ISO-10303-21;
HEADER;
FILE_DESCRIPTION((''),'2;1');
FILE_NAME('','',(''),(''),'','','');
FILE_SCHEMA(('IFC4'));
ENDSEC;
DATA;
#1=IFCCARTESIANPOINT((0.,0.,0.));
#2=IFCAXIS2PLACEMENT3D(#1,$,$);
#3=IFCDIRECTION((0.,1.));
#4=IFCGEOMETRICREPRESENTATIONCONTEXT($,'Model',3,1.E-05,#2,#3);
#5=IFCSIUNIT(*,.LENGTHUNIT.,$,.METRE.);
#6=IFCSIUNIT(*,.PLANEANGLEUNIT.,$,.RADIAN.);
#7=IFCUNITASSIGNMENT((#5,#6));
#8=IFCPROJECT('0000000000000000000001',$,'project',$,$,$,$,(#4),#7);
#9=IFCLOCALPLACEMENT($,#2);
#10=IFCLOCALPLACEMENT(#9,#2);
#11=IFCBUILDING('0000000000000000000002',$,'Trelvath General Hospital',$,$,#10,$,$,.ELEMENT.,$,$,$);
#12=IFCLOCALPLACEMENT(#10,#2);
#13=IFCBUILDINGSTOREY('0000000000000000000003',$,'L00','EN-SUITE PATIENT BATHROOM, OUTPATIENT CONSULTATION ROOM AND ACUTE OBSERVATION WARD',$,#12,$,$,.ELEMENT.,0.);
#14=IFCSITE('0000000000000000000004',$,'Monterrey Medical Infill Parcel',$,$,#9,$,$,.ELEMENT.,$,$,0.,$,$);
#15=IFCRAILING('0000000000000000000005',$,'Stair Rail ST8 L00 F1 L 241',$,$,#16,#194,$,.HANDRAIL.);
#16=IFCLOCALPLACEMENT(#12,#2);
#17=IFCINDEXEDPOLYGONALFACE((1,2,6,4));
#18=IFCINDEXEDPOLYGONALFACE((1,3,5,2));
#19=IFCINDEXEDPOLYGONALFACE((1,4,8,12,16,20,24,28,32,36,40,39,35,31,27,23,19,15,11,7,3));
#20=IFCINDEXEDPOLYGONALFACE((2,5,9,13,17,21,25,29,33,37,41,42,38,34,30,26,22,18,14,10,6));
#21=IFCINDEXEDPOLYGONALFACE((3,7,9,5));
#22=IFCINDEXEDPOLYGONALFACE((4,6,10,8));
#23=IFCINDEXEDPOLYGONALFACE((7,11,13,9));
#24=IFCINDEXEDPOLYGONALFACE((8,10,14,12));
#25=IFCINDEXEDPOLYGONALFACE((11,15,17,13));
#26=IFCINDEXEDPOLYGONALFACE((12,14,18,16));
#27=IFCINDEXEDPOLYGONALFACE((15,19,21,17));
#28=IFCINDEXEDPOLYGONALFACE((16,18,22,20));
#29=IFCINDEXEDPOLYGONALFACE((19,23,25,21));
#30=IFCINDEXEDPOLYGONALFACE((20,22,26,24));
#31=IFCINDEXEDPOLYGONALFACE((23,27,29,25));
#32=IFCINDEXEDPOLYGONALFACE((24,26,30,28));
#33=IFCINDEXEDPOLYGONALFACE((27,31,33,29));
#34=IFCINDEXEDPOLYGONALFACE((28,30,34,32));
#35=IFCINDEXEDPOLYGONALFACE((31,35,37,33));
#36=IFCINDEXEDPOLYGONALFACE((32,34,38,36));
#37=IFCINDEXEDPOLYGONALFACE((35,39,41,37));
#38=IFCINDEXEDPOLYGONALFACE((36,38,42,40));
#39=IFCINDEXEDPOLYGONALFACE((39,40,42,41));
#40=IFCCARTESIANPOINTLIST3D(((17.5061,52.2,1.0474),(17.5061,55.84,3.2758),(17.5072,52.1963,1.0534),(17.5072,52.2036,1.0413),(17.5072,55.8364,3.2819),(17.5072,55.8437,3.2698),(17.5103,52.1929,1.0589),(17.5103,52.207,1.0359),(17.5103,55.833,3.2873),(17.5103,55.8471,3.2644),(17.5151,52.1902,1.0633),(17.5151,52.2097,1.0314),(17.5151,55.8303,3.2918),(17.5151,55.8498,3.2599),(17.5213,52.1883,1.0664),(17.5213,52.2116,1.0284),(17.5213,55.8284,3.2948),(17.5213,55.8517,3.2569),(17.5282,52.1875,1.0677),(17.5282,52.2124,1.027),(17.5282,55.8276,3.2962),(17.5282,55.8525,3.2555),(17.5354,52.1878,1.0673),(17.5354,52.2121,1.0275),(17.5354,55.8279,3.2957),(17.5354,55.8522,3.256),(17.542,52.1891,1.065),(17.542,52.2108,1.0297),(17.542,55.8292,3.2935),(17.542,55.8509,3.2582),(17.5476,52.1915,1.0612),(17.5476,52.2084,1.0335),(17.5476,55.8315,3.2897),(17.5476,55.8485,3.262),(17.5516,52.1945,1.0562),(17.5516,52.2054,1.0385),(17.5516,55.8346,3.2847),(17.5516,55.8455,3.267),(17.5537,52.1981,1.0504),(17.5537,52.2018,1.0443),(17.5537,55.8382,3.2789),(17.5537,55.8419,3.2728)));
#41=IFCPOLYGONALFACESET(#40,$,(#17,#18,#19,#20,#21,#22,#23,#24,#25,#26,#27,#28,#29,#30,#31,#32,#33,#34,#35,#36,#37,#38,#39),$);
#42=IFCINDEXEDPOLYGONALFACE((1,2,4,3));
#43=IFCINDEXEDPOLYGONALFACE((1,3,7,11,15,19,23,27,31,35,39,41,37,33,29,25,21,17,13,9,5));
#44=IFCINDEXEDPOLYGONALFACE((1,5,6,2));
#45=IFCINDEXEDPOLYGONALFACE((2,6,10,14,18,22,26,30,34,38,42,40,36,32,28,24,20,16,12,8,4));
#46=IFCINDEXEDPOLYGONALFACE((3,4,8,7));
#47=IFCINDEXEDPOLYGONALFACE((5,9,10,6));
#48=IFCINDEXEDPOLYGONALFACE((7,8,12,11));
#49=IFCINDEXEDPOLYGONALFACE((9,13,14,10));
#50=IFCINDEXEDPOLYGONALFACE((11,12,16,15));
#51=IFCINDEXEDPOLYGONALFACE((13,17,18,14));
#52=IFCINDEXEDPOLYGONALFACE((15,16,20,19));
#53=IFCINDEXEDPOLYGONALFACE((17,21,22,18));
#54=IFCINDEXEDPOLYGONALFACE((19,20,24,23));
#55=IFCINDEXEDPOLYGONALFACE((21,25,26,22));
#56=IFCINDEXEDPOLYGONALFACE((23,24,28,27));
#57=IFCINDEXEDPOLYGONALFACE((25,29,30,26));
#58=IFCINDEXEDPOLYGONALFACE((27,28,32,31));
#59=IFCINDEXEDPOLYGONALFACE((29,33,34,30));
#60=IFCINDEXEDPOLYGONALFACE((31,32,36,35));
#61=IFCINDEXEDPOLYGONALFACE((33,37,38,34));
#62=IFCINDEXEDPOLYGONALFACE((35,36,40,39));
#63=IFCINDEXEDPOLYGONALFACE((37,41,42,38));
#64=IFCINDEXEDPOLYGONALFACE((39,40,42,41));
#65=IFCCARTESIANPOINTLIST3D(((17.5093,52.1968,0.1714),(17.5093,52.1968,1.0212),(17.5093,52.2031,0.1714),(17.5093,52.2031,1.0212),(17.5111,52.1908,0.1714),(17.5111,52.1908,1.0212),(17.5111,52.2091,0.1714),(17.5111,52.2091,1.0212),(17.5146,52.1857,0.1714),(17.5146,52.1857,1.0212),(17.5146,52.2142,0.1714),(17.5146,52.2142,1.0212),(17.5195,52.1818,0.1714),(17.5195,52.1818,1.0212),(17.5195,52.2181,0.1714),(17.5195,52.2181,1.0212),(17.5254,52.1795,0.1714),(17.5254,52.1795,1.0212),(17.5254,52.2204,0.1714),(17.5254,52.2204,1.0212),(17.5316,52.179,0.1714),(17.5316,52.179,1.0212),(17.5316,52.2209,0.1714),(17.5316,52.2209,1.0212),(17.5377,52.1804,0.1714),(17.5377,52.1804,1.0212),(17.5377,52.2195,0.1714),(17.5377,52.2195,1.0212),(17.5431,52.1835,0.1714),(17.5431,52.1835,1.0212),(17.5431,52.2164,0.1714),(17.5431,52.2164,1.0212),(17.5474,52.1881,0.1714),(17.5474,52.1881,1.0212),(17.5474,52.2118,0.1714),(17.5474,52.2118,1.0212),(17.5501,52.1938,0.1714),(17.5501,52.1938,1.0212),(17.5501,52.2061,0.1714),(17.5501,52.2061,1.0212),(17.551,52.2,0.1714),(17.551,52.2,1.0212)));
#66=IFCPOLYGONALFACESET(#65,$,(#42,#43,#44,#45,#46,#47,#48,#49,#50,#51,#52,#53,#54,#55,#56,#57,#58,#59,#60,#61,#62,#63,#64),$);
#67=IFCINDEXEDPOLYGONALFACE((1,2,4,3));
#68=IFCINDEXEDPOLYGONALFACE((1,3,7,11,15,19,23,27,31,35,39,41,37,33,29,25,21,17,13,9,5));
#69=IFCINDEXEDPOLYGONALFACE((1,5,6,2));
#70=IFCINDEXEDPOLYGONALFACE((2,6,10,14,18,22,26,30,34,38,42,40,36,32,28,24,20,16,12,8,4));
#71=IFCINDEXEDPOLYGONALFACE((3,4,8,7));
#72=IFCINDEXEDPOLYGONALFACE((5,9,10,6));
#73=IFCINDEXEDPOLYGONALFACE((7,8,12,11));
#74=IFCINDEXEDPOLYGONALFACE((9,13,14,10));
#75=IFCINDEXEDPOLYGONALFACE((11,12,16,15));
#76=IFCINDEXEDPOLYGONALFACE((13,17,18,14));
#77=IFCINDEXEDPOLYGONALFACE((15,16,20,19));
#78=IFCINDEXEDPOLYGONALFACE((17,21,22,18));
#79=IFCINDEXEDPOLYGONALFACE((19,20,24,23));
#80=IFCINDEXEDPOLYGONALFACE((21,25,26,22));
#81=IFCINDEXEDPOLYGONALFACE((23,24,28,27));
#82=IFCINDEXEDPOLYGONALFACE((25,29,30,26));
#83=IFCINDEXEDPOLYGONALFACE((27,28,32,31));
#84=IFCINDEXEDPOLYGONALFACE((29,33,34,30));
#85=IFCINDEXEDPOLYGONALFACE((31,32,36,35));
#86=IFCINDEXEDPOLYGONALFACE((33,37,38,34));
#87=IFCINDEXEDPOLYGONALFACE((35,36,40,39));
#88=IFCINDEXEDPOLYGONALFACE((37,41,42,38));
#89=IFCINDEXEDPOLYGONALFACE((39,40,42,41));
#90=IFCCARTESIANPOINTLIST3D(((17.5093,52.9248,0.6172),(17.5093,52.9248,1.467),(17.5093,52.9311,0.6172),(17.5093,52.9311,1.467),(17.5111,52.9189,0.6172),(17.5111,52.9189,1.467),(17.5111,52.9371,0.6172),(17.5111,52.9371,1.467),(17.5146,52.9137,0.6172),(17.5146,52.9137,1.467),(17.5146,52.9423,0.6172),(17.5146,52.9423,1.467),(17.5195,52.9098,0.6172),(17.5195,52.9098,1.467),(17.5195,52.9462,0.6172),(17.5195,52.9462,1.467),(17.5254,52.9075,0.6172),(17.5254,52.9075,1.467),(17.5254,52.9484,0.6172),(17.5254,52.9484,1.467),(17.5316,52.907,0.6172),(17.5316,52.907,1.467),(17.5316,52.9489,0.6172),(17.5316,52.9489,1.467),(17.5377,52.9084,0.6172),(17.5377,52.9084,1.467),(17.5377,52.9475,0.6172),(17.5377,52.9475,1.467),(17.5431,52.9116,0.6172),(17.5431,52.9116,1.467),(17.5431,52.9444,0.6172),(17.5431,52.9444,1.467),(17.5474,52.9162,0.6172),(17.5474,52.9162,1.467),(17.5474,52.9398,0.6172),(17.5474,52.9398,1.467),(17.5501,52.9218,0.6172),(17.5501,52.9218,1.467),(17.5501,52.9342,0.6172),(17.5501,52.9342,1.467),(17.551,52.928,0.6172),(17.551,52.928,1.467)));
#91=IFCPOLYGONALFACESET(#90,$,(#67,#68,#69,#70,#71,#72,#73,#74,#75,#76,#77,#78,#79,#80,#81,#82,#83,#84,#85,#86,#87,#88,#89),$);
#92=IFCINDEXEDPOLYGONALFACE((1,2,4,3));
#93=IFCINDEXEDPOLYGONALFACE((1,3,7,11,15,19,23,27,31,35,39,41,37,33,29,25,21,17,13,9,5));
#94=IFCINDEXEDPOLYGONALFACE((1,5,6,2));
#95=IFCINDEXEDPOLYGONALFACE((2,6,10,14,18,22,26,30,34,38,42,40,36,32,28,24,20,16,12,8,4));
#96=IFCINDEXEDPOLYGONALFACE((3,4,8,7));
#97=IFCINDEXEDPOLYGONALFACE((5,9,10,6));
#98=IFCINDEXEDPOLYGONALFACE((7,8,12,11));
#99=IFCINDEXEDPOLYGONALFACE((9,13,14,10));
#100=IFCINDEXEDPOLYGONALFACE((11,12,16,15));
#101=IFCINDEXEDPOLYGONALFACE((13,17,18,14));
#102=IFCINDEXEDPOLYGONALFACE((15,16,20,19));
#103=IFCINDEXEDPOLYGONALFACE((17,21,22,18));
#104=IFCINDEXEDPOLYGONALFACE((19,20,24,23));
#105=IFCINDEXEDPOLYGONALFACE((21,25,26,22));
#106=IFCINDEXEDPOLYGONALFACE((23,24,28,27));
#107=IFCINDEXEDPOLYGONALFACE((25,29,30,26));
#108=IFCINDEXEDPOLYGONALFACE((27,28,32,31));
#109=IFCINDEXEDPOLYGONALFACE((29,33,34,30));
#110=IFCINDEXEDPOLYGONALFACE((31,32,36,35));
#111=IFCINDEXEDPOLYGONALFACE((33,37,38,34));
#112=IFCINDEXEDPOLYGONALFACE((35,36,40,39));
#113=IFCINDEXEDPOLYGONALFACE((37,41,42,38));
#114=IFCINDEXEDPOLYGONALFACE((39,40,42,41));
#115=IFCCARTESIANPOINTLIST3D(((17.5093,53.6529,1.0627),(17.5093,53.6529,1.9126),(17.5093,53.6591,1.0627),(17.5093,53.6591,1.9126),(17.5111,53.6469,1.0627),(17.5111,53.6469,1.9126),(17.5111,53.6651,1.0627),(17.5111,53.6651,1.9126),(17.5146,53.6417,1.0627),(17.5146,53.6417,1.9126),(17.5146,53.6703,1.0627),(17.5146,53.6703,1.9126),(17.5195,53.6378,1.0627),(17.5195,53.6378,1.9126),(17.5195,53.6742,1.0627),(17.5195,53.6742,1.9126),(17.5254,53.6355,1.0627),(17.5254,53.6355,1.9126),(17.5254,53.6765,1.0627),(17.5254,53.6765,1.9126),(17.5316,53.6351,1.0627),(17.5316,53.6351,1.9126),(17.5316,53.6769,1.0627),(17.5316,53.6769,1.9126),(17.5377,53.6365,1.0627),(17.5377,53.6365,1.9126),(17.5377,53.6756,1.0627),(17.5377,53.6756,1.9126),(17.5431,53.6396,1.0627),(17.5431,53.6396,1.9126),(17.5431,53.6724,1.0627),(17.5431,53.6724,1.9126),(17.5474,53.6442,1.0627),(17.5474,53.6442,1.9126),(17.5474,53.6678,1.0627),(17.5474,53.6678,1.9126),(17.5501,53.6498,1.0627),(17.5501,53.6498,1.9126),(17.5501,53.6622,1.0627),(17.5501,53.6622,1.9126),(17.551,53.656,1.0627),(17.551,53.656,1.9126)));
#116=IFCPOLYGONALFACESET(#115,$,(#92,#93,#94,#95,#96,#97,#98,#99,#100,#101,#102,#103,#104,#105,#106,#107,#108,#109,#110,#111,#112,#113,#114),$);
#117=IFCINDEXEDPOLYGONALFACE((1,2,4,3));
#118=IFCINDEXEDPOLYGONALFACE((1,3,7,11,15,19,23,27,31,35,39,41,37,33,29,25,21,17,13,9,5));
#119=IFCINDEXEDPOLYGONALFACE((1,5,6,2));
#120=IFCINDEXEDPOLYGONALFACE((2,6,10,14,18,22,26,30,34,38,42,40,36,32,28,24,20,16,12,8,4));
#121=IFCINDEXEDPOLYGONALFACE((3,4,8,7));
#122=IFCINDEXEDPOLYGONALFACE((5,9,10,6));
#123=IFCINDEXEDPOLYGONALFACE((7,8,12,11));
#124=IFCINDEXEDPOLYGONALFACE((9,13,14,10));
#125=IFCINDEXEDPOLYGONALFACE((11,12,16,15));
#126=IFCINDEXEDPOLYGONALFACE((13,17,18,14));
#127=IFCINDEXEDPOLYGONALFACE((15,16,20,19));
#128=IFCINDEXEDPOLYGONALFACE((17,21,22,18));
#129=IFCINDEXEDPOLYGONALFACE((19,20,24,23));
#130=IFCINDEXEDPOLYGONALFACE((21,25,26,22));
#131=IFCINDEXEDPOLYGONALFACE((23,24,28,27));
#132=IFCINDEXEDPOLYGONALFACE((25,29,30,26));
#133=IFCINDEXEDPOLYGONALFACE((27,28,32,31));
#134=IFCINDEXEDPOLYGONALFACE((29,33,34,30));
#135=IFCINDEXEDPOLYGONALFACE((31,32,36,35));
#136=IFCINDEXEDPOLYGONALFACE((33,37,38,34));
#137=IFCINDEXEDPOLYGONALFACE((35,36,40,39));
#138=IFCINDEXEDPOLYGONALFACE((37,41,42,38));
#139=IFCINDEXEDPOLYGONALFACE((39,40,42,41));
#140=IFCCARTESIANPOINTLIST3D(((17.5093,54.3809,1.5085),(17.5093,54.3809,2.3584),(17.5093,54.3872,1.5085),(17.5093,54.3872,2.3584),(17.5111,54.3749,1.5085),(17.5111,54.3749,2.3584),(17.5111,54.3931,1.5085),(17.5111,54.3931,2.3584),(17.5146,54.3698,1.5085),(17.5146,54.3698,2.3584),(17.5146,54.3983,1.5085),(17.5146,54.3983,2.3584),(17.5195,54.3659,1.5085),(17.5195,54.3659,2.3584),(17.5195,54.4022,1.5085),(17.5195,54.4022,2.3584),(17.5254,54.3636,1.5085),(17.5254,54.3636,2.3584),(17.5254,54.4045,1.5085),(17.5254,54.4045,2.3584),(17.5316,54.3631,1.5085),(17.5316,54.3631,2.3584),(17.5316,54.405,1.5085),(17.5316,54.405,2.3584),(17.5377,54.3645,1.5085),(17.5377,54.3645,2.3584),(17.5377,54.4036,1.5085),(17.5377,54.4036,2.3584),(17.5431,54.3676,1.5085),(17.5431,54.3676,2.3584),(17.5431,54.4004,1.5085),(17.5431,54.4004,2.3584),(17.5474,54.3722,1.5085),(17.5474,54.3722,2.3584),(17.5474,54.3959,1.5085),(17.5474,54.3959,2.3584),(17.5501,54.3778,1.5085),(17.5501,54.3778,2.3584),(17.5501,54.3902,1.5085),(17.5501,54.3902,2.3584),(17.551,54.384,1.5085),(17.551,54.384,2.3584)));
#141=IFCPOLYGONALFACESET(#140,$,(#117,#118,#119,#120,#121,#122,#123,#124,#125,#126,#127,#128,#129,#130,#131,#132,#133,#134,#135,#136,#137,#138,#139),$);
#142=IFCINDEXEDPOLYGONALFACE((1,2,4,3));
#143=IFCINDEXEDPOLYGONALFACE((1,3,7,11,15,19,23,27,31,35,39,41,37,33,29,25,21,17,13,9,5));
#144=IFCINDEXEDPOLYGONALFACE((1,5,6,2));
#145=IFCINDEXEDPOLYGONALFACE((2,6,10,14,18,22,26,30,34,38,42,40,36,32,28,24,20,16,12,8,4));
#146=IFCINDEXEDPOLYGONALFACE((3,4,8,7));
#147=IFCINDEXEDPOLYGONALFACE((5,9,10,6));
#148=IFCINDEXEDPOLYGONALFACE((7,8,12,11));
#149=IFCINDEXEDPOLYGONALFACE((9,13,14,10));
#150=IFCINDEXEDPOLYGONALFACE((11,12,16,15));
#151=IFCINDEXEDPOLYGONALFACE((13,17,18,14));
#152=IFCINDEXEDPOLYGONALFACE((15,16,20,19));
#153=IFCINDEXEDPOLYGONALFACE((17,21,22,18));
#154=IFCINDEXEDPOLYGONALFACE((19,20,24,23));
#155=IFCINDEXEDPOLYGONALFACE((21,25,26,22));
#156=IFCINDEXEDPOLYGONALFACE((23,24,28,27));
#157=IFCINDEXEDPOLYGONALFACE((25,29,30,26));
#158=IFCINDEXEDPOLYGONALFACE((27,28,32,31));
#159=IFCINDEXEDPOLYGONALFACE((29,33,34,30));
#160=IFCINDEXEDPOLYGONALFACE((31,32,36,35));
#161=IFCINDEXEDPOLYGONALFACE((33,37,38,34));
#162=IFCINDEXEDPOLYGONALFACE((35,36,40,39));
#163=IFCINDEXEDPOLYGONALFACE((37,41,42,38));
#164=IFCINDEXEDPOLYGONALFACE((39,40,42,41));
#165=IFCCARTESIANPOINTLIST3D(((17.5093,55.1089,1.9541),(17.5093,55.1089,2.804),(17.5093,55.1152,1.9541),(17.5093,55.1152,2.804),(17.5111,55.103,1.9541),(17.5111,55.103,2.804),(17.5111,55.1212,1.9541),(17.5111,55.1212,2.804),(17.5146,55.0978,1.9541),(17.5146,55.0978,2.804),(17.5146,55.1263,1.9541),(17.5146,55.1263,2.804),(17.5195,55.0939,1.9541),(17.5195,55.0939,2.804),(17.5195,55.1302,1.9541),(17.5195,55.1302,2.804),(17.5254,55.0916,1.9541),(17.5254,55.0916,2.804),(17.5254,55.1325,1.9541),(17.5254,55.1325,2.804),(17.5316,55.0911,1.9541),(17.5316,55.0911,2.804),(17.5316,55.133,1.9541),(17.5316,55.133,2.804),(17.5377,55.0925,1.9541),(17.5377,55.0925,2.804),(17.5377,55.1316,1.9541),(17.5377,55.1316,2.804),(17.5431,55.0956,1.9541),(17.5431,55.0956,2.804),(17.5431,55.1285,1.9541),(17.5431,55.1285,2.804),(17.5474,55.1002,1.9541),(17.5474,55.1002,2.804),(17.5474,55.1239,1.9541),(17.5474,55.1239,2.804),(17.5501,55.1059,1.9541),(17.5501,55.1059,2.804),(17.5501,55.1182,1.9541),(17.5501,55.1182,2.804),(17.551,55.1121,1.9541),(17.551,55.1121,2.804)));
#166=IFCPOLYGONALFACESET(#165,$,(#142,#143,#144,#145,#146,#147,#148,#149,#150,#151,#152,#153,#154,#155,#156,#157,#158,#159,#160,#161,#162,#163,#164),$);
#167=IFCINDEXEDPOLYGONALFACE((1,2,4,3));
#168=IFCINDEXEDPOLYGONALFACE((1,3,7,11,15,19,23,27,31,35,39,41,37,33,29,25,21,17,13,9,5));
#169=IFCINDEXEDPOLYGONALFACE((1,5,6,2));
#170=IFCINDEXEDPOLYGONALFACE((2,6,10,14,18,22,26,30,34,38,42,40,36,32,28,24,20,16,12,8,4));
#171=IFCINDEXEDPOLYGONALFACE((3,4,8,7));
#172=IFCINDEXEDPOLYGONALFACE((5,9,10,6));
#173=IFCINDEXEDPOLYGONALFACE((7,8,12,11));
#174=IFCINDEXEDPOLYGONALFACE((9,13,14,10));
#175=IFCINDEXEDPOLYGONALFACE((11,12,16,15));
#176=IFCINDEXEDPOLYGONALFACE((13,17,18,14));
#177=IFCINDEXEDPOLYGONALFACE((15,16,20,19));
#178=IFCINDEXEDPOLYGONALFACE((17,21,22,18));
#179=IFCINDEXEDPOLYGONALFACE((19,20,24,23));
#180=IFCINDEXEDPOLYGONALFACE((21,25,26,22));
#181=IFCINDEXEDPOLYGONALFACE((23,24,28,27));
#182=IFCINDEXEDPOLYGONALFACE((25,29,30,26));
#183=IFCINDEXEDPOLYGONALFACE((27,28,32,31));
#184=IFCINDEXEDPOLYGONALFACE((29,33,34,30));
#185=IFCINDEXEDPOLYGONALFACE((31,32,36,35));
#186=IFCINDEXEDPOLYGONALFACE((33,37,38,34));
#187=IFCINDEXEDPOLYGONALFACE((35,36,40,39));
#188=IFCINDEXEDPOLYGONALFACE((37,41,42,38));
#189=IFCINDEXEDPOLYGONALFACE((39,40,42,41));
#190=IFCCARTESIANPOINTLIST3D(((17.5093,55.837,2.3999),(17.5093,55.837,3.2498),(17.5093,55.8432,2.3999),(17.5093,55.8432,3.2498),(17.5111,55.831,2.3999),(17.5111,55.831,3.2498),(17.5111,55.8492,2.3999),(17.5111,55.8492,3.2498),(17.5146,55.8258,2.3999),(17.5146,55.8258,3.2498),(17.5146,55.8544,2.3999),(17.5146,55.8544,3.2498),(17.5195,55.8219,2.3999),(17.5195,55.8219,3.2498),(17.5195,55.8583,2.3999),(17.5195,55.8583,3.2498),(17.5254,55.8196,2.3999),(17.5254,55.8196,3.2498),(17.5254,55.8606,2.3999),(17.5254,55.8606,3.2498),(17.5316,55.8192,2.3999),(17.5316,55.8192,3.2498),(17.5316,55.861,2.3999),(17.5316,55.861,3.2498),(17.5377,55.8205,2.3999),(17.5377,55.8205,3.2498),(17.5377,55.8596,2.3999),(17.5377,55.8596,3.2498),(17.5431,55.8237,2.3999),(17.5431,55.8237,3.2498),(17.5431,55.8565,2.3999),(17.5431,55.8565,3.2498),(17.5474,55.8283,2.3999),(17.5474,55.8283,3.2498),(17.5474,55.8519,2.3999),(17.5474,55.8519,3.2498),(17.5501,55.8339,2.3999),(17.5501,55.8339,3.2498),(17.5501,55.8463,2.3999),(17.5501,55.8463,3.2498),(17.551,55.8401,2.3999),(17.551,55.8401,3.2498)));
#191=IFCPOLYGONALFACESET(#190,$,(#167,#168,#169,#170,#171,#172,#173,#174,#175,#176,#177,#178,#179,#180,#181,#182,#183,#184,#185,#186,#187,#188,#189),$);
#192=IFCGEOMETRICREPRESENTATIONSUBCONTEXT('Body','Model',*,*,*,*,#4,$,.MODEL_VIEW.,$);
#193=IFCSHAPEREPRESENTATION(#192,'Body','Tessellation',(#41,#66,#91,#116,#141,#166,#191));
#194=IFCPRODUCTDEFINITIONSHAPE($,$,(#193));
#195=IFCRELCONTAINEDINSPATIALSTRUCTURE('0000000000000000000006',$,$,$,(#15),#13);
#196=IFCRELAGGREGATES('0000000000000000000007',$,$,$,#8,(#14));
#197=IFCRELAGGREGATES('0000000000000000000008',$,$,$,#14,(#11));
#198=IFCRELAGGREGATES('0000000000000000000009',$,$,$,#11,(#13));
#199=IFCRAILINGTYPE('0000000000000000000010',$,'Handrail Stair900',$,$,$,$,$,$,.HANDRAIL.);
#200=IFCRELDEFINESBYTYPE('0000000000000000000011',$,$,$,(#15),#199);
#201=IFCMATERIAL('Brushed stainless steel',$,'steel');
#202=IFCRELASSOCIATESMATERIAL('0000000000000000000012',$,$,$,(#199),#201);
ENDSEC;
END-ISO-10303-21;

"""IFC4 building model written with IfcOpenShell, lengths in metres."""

from ifc_helpers import new_model, si_unit, direction, frame, origin, origin_2d, place, context, subcontext, project, spatial, circle, extrude, material, type_object, element, save


model = new_model("IFC4")

# Units and contexts
model_context = context("Model", 3, precision=1e-05, world=origin(), true_north=direction((0.0, 1.0)))
body_context = subcontext(model_context, "Body", "Model", "MODEL_VIEW")
ifc_project = project(units=[si_unit("LENGTHUNIT", "METRE"), si_unit("PLANEANGLEUNIT", "RADIAN")], contexts=[model_context])

# Site, building, storey
site_placement = place(None, origin())
site = spatial("IfcSite", under=ifc_project, at=site_placement, Name="Monterrey Medical Infill Parcel", CompositionType="ELEMENT", RefElevation=0.0)
building_placement = place(site_placement, origin())
building = spatial("IfcBuilding", under=site, at=building_placement, Name="Trelvath General Hospital", CompositionType="ELEMENT")
storey_placement = place(building_placement, origin())
storey = spatial("IfcBuildingStorey", under=building, at=storey_placement, Name="L00", Description="EN-SUITE PATIENT BATHROOM, OUTPATIENT CONSULTATION ROOM AND ACUTE OBSERVATION WARD", CompositionType="ELEMENT", Elevation=0.0)

# Railing
ifc_material_1 = material(Name="Brushed stainless steel", Category="steel")
railing_type = type_object("IfcRailingType", Name="Handrail Stair900", PredefinedType="HANDRAIL", material=ifc_material_1)
railing_placement = place(storey_placement, frame((17.53, 52.2, 0.1714)))
element("IfcRailing", 1, at=railing_placement, inside=storey, type_object=railing_type, Name="Stair Rail ST8 L00 F1 L 241", PredefinedType="HANDRAIL", context=body_context, shape_type="SweptSolid", body=[
    extrude(circle(Radius=0.0239, at=origin_2d()), frame((0.0, 0.0, 0.876), z_axis=(0.0, 0.852866, 0.52213), x_axis=(-1.0, 0.0, 0.0)), (0.0, 0.0, 1.0), 4.2681),
    extrude(circle(Radius=0.021, at=origin_2d()), origin(), (0.0, 0.0, 1.0), 0.8499),
    extrude(circle(Radius=0.021, at=origin_2d()), frame((0.0, 0.728, 0.4458)), (0.0, 0.0, 1.0), 0.8499),
    extrude(circle(Radius=0.021, at=origin_2d()), frame((0.0, 1.4561, 0.8914)), (0.0, 0.0, 1.0), 0.8499),
    extrude(circle(Radius=0.021, at=origin_2d()), frame((0.0, 2.1841, 1.3372)), (0.0, 0.0, 1.0), 0.8499),
    extrude(circle(Radius=0.021, at=origin_2d()), frame((0.0, 2.9121, 1.7827)), (0.0, 0.0, 1.0), 0.8499),
    extrude(circle(Radius=0.021, at=origin_2d()), frame((0.0, 3.6401, 2.2285)), (0.0, 0.0, 1.0), 0.8499),
])

save(model, "model.ifc")
